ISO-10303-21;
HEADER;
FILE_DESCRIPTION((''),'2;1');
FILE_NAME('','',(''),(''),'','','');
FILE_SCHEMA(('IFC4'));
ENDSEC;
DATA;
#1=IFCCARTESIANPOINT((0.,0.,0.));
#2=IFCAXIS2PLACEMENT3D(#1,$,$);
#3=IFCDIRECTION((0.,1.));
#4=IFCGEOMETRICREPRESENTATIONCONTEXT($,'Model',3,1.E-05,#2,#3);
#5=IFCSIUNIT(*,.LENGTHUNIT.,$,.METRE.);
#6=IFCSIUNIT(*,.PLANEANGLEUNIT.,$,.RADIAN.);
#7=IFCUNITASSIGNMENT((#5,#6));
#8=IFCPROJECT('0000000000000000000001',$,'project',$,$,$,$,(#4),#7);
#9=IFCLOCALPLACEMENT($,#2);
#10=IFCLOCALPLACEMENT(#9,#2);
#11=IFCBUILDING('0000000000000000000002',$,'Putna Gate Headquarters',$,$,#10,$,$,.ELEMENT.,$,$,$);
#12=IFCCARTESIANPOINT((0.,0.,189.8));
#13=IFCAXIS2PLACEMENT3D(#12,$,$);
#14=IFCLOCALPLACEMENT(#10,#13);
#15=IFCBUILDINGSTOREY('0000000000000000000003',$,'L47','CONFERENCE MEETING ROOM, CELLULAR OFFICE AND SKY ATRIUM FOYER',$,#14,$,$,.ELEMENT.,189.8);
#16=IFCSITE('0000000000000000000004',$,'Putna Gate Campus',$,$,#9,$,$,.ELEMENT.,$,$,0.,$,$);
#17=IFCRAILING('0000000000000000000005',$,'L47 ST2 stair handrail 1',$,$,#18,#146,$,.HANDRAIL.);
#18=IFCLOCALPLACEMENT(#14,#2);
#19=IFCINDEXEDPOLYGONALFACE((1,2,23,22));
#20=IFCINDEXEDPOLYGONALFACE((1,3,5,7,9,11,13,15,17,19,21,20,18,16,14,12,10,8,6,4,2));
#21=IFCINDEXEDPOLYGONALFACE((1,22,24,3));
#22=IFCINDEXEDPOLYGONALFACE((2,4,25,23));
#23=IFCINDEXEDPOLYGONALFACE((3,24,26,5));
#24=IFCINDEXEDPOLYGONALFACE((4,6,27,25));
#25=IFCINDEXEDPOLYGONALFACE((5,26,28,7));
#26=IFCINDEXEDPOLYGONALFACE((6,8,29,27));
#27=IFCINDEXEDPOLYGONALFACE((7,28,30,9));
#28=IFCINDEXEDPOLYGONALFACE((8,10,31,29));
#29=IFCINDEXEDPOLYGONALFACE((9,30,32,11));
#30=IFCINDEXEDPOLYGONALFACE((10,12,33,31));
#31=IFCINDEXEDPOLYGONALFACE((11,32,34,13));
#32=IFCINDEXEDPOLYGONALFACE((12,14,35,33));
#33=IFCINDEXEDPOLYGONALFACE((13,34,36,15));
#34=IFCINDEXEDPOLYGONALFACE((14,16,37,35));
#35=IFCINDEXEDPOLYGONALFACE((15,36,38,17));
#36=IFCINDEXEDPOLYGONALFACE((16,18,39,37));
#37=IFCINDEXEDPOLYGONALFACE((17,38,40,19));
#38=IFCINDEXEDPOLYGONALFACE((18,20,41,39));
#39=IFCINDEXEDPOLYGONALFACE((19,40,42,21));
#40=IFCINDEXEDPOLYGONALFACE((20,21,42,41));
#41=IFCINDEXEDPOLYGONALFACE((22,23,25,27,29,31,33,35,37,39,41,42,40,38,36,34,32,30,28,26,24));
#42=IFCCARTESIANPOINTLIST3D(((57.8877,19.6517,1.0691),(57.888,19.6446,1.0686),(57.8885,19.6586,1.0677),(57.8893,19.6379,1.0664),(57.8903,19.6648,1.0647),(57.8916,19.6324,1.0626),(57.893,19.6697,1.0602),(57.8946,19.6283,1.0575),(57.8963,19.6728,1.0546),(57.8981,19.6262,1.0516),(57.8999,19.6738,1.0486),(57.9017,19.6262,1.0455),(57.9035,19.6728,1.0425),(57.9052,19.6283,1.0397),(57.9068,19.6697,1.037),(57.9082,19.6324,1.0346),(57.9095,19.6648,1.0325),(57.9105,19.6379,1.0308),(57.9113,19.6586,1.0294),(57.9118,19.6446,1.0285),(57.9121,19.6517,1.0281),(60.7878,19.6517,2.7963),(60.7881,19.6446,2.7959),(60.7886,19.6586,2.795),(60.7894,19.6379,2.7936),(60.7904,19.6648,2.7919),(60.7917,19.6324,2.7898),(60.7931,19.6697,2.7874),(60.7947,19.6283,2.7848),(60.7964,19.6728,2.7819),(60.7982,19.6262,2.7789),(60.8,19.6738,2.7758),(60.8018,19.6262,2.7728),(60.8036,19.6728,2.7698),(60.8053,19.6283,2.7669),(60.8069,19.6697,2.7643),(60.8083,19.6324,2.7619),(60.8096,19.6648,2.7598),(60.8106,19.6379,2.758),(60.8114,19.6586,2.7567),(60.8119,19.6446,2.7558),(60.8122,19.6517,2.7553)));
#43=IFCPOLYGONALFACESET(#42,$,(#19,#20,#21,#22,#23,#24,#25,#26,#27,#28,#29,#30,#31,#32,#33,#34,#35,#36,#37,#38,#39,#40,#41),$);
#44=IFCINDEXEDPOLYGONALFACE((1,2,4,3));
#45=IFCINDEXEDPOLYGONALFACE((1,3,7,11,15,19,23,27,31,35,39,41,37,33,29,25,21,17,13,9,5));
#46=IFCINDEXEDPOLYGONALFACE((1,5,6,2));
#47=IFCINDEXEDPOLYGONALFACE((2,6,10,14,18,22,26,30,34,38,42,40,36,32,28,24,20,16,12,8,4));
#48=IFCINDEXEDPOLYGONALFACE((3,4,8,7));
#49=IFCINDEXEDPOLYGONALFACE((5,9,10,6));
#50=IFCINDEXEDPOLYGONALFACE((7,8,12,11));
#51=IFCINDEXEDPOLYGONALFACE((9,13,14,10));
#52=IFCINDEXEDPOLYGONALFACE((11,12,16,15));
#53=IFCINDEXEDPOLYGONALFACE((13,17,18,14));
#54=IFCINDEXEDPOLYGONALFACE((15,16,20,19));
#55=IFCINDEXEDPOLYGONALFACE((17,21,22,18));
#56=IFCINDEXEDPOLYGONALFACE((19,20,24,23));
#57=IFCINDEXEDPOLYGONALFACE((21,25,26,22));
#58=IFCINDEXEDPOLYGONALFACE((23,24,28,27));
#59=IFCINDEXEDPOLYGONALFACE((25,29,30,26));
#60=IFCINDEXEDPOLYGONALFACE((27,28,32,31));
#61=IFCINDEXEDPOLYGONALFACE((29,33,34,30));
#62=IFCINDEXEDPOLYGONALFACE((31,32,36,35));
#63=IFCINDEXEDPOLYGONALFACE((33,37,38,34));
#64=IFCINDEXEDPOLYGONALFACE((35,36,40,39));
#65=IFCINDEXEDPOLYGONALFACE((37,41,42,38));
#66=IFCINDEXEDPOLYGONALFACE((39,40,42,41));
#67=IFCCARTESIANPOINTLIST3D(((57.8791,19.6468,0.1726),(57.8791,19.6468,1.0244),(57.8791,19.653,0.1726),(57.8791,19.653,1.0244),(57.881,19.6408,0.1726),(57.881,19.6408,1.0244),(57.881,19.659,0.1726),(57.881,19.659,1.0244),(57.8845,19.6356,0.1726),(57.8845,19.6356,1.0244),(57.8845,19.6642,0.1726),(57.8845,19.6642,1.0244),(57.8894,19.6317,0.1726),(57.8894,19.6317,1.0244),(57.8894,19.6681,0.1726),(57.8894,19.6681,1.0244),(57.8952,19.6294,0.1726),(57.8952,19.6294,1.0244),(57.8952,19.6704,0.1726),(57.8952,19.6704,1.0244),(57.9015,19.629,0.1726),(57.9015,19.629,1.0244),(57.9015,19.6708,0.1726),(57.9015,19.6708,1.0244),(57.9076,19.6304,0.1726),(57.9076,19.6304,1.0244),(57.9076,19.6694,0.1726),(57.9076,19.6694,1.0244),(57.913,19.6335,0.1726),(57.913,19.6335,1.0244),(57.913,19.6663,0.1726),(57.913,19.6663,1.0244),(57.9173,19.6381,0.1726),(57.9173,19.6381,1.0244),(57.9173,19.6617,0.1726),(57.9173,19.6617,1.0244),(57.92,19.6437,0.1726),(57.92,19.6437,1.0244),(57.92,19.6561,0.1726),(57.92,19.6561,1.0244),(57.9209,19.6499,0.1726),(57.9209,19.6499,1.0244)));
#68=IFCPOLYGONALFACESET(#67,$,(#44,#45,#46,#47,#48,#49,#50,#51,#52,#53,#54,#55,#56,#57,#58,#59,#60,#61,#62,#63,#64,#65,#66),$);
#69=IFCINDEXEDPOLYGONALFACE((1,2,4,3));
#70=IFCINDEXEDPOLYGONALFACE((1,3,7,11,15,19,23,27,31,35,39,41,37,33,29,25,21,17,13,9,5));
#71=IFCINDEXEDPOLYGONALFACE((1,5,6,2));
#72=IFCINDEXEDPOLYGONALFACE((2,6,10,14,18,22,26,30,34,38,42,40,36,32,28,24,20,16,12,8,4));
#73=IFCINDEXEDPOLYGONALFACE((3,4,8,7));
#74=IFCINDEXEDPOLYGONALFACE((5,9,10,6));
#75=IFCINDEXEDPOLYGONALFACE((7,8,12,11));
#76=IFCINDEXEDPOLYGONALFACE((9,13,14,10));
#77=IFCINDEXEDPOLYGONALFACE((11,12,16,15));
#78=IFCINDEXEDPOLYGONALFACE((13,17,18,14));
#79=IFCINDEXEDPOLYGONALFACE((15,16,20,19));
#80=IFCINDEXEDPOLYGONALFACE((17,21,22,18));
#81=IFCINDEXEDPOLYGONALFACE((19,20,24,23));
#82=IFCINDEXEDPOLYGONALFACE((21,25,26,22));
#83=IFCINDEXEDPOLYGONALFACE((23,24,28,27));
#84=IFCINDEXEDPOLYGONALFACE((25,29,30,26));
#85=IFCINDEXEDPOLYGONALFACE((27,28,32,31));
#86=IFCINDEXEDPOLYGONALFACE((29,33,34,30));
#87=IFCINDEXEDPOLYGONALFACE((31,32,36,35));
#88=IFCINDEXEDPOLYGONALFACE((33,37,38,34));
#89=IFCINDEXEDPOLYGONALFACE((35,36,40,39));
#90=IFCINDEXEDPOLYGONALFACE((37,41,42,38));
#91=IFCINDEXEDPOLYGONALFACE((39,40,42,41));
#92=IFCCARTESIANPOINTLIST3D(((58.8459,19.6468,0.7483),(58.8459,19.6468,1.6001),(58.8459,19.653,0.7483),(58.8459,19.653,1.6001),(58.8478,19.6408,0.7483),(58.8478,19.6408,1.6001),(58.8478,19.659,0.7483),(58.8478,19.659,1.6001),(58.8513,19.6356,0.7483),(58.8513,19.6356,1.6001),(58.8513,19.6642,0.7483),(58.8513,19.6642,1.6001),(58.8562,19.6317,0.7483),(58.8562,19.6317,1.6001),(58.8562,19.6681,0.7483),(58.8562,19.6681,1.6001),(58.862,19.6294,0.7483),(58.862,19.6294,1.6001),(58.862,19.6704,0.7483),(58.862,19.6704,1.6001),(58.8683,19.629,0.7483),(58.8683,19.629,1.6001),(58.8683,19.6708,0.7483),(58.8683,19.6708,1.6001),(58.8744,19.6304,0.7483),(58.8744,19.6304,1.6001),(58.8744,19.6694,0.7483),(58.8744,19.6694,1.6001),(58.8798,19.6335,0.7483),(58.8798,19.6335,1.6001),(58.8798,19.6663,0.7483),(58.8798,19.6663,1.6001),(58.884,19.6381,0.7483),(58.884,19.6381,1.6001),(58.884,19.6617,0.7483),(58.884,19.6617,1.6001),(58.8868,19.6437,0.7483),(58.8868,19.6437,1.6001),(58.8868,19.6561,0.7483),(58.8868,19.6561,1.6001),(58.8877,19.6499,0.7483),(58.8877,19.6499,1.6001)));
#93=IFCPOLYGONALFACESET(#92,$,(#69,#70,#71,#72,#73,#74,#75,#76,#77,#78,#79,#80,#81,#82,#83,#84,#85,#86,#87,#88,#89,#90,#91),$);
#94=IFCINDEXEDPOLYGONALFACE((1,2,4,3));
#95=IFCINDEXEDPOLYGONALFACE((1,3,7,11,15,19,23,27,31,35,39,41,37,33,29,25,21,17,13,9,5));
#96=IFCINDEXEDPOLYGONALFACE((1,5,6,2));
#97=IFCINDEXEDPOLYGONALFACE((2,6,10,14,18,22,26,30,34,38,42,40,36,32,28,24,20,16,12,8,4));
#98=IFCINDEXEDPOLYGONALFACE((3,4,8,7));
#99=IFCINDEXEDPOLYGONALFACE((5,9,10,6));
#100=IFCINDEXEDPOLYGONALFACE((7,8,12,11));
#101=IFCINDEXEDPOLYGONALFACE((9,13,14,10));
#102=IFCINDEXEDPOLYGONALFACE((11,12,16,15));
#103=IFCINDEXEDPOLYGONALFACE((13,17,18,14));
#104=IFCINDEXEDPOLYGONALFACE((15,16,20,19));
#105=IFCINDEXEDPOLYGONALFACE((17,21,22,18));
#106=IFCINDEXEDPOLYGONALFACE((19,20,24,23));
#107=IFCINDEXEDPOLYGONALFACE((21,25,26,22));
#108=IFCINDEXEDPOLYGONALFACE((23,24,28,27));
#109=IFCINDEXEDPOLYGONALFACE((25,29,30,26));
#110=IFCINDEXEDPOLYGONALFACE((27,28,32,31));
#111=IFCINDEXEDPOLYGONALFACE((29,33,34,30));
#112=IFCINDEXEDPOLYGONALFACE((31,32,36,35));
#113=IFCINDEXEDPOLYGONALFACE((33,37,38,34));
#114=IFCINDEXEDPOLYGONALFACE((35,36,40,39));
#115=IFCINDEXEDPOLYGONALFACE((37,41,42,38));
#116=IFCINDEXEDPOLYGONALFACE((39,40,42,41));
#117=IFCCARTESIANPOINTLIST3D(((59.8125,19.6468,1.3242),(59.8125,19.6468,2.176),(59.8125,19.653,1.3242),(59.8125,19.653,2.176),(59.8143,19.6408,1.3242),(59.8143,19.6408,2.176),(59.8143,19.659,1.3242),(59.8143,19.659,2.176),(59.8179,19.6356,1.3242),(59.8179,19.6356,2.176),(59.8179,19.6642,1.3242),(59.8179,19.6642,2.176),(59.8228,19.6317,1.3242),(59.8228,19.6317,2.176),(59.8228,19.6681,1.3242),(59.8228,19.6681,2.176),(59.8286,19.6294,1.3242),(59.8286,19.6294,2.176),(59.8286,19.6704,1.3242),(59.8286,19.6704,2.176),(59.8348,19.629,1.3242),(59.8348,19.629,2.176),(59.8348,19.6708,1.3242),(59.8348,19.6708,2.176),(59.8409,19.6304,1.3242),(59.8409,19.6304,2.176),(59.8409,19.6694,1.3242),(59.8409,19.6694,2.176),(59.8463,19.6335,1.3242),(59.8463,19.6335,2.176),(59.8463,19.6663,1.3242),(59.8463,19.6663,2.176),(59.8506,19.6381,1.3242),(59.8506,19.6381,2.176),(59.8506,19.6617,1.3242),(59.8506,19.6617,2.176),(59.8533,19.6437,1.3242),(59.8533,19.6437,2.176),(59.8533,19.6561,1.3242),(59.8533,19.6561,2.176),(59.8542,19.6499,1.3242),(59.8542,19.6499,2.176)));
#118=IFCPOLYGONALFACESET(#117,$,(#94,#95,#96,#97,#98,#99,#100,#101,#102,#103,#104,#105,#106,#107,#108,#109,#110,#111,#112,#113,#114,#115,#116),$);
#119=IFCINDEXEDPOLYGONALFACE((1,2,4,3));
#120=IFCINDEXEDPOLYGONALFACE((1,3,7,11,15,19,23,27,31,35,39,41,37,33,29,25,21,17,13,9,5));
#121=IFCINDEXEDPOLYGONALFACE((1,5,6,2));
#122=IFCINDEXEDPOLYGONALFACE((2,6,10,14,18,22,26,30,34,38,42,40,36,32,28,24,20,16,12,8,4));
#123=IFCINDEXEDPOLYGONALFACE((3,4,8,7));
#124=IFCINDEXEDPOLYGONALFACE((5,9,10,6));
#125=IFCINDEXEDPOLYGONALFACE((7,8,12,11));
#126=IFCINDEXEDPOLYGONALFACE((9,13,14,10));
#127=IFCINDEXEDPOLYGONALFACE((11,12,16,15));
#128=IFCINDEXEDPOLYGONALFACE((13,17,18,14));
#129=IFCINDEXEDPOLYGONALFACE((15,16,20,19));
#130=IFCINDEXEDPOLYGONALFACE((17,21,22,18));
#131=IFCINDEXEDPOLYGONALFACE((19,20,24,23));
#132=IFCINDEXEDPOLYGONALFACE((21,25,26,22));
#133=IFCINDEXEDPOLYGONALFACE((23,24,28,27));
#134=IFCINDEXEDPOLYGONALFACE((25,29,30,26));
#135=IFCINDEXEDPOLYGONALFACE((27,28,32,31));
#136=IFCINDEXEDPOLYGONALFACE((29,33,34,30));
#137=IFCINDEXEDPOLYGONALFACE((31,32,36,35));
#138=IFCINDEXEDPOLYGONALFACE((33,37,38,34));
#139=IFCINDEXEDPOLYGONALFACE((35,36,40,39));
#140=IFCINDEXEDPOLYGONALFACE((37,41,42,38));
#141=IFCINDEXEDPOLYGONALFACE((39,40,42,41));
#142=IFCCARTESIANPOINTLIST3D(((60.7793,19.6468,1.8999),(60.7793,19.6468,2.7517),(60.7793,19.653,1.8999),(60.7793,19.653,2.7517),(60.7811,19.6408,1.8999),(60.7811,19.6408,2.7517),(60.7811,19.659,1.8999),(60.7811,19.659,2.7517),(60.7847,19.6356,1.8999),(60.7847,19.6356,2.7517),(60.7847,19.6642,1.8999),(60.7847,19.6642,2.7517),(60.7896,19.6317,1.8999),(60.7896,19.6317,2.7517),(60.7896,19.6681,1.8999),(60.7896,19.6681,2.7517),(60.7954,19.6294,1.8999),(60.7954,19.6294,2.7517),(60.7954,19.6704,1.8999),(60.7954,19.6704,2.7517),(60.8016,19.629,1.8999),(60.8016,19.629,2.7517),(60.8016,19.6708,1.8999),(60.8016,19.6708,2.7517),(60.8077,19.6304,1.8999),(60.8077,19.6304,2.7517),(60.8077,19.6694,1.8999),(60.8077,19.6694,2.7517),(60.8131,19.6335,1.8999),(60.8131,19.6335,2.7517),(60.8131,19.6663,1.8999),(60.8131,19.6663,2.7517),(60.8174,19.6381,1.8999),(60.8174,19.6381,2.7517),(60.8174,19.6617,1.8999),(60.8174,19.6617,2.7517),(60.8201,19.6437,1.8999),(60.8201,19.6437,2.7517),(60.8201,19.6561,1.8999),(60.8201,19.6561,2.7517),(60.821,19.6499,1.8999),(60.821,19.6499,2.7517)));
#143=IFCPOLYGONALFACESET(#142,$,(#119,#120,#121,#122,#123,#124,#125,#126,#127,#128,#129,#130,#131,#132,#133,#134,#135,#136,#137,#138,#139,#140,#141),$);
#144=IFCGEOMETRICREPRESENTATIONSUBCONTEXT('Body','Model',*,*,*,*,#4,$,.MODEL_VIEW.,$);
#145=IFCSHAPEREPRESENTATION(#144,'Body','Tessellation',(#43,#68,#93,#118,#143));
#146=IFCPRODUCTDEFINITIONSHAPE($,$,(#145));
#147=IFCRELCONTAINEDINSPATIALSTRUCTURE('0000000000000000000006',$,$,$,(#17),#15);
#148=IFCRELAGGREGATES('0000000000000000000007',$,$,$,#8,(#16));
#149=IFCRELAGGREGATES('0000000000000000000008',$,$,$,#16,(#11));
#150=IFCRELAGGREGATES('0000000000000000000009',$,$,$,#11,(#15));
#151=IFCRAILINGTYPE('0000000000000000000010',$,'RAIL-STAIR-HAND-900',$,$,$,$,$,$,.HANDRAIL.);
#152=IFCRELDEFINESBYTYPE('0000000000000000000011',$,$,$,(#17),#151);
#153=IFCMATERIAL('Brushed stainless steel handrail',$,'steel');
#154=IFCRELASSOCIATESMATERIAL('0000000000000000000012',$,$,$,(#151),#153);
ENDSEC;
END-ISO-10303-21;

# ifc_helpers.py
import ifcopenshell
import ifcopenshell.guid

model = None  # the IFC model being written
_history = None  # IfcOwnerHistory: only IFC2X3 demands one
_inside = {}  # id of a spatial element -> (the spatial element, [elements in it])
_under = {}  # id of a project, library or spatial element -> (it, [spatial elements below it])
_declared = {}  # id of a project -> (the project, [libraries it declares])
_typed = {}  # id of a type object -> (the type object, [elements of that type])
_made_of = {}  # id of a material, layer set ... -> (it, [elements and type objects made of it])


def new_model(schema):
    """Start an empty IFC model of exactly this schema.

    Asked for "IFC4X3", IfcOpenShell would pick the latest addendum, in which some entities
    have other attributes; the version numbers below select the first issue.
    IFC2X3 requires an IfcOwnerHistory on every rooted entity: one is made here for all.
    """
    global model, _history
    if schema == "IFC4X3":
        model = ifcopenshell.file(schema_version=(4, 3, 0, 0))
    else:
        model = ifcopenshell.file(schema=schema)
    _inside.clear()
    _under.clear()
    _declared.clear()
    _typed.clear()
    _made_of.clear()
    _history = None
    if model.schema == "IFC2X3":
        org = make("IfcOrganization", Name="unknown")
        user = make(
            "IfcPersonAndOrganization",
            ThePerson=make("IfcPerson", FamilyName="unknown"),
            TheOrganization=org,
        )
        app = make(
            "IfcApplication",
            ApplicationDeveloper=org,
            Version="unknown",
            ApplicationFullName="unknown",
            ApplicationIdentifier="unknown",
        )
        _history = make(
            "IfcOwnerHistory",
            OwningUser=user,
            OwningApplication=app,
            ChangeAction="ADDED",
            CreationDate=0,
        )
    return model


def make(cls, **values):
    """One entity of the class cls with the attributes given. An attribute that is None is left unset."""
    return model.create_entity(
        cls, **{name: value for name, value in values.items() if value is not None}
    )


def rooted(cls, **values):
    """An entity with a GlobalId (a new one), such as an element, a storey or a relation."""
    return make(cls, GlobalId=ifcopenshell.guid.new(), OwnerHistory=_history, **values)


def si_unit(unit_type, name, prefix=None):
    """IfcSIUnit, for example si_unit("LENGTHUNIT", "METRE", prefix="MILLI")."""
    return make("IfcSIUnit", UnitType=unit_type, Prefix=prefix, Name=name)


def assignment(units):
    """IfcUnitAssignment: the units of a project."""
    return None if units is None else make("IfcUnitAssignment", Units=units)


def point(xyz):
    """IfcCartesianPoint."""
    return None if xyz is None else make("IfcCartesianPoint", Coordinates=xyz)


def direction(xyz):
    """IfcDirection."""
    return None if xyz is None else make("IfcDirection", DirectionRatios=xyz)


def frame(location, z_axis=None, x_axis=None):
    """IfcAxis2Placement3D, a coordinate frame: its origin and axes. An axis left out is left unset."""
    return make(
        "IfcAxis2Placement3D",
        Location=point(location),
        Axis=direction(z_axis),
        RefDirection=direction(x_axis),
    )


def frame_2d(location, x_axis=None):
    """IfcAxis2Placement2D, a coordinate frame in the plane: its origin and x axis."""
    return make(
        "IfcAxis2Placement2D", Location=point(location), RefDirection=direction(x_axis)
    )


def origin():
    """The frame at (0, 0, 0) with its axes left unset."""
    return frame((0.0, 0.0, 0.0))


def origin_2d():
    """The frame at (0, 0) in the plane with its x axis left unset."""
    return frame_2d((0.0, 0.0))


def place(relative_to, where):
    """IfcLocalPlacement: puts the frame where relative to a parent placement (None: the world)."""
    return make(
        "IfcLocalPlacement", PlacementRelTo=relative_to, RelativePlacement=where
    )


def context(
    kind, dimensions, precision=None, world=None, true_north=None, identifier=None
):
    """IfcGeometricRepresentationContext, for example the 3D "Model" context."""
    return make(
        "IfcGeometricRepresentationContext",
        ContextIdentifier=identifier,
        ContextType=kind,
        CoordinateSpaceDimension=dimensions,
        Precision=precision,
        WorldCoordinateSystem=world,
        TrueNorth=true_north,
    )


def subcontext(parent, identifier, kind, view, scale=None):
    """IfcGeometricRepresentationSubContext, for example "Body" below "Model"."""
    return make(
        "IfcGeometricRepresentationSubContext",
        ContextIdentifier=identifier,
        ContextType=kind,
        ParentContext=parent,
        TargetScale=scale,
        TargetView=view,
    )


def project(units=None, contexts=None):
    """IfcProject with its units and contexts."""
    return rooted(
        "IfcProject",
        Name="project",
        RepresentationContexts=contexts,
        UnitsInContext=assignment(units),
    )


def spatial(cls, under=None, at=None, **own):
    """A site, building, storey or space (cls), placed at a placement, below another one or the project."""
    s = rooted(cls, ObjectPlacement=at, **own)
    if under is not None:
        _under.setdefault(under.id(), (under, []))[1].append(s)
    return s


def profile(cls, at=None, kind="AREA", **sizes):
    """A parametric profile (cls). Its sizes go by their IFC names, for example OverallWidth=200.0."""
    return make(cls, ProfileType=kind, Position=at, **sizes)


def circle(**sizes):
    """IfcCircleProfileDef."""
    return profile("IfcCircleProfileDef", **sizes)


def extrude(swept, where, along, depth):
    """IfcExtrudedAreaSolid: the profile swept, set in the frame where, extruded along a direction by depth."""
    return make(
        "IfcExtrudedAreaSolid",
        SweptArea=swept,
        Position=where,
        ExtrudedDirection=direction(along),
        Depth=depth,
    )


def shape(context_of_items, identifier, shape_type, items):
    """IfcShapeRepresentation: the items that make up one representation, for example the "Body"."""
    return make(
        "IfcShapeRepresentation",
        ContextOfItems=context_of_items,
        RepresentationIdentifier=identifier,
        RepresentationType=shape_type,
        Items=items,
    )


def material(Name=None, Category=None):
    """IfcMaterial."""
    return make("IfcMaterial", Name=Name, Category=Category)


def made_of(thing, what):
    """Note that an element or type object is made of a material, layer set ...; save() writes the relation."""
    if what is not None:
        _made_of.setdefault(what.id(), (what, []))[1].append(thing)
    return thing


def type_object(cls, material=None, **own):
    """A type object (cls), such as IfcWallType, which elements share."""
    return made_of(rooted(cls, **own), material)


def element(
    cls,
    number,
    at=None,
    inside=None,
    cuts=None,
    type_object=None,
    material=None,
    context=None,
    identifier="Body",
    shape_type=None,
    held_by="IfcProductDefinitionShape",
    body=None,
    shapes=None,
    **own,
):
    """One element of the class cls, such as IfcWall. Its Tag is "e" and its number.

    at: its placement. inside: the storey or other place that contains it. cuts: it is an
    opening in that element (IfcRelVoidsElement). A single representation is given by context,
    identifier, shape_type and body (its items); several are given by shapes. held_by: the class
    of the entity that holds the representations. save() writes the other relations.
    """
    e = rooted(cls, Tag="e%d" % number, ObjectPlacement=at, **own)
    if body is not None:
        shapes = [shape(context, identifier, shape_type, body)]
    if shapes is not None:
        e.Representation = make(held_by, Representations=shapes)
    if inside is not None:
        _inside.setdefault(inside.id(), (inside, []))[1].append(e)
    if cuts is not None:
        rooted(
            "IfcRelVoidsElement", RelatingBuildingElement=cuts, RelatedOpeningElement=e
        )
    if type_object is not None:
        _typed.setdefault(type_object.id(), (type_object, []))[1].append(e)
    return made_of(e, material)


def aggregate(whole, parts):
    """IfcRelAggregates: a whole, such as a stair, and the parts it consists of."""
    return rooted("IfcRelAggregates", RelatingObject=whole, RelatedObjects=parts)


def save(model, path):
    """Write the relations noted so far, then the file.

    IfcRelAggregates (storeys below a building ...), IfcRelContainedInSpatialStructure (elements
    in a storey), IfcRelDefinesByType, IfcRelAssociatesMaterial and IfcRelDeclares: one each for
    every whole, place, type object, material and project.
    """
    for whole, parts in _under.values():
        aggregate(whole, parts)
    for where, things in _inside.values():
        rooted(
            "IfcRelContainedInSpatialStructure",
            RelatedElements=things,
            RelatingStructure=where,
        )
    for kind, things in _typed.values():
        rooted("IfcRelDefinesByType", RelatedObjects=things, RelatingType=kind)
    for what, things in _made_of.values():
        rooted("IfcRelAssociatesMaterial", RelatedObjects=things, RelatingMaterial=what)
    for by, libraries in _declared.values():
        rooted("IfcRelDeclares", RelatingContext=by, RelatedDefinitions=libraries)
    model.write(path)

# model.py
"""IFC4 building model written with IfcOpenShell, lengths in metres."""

from ifc_helpers import new_model, si_unit, direction, frame, origin, origin_2d, place, context, subcontext, project, spatial, circle, extrude, material, type_object, element, save


model = new_model("IFC4")

# Units and contexts
model_context = context("Model", 3, precision=1e-05, world=origin(), true_north=direction((0.0, 1.0)))
body_context = subcontext(model_context, "Body", "Model", "MODEL_VIEW")
ifc_project = project(units=[si_unit("LENGTHUNIT", "METRE"), si_unit("PLANEANGLEUNIT", "RADIAN")], contexts=[model_context])

# Site, building, storey
site_placement = place(None, origin())
site = spatial("IfcSite", under=ifc_project, at=site_placement, Name="Putna Gate Campus", CompositionType="ELEMENT", RefElevation=0.0)
building_placement = place(site_placement, origin())
building = spatial("IfcBuilding", under=site, at=building_placement, Name="Putna Gate Headquarters", CompositionType="ELEMENT")
storey_placement = place(building_placement, frame((0.0, 0.0, 189.8)))
storey = spatial("IfcBuildingStorey", under=building, at=storey_placement, Name="L47", Description="CONFERENCE MEETING ROOM, CELLULAR OFFICE AND SKY ATRIUM FOYER", CompositionType="ELEMENT", Elevation=189.8)

# Railing
ifc_material_1 = material(Name="Brushed stainless steel handrail", Category="steel")
railing_type_1 = type_object("IfcRailingType", Name="RAIL-STAIR-HAND-900", PredefinedType="HANDRAIL", material=ifc_material_1)
railing_1_placement = place(storey_placement, frame((57.8999, 19.6499, 0.1726)))
element("IfcRailing", 1, at=railing_1_placement, inside=storey, type_object=railing_type_1, Name="L47 ST2 stair handrail 1", PredefinedType="HANDRAIL", context=body_context, shape_type="SweptSolid", body=[
    extrude(circle(Radius=0.0239, at=origin_2d()), frame((0.0, 0.0, 0.876), z_axis=(0.85916, 0.0, 0.511706), x_axis=(0.0, 1.0, 0.0)), (0.0, 0.0, 1.0), 3.3755),
    extrude(circle(Radius=0.021, at=origin_2d()), origin(), (0.0, 0.0, 1.0), 0.8518),
    extrude(circle(Radius=0.021, at=origin_2d()), frame((0.9668, 0.0, 0.5757)), (0.0, 0.0, 1.0), 0.8518),
    extrude(circle(Radius=0.021, at=origin_2d()), frame((1.9333, 0.0, 1.1516)), (0.0, 0.0, 1.0), 0.8518),
    extrude(circle(Radius=0.021, at=origin_2d()), frame((2.9001, 0.0, 1.7273)), (0.0, 0.0, 1.0), 0.8518),
])

save(model, "model.ifc")
